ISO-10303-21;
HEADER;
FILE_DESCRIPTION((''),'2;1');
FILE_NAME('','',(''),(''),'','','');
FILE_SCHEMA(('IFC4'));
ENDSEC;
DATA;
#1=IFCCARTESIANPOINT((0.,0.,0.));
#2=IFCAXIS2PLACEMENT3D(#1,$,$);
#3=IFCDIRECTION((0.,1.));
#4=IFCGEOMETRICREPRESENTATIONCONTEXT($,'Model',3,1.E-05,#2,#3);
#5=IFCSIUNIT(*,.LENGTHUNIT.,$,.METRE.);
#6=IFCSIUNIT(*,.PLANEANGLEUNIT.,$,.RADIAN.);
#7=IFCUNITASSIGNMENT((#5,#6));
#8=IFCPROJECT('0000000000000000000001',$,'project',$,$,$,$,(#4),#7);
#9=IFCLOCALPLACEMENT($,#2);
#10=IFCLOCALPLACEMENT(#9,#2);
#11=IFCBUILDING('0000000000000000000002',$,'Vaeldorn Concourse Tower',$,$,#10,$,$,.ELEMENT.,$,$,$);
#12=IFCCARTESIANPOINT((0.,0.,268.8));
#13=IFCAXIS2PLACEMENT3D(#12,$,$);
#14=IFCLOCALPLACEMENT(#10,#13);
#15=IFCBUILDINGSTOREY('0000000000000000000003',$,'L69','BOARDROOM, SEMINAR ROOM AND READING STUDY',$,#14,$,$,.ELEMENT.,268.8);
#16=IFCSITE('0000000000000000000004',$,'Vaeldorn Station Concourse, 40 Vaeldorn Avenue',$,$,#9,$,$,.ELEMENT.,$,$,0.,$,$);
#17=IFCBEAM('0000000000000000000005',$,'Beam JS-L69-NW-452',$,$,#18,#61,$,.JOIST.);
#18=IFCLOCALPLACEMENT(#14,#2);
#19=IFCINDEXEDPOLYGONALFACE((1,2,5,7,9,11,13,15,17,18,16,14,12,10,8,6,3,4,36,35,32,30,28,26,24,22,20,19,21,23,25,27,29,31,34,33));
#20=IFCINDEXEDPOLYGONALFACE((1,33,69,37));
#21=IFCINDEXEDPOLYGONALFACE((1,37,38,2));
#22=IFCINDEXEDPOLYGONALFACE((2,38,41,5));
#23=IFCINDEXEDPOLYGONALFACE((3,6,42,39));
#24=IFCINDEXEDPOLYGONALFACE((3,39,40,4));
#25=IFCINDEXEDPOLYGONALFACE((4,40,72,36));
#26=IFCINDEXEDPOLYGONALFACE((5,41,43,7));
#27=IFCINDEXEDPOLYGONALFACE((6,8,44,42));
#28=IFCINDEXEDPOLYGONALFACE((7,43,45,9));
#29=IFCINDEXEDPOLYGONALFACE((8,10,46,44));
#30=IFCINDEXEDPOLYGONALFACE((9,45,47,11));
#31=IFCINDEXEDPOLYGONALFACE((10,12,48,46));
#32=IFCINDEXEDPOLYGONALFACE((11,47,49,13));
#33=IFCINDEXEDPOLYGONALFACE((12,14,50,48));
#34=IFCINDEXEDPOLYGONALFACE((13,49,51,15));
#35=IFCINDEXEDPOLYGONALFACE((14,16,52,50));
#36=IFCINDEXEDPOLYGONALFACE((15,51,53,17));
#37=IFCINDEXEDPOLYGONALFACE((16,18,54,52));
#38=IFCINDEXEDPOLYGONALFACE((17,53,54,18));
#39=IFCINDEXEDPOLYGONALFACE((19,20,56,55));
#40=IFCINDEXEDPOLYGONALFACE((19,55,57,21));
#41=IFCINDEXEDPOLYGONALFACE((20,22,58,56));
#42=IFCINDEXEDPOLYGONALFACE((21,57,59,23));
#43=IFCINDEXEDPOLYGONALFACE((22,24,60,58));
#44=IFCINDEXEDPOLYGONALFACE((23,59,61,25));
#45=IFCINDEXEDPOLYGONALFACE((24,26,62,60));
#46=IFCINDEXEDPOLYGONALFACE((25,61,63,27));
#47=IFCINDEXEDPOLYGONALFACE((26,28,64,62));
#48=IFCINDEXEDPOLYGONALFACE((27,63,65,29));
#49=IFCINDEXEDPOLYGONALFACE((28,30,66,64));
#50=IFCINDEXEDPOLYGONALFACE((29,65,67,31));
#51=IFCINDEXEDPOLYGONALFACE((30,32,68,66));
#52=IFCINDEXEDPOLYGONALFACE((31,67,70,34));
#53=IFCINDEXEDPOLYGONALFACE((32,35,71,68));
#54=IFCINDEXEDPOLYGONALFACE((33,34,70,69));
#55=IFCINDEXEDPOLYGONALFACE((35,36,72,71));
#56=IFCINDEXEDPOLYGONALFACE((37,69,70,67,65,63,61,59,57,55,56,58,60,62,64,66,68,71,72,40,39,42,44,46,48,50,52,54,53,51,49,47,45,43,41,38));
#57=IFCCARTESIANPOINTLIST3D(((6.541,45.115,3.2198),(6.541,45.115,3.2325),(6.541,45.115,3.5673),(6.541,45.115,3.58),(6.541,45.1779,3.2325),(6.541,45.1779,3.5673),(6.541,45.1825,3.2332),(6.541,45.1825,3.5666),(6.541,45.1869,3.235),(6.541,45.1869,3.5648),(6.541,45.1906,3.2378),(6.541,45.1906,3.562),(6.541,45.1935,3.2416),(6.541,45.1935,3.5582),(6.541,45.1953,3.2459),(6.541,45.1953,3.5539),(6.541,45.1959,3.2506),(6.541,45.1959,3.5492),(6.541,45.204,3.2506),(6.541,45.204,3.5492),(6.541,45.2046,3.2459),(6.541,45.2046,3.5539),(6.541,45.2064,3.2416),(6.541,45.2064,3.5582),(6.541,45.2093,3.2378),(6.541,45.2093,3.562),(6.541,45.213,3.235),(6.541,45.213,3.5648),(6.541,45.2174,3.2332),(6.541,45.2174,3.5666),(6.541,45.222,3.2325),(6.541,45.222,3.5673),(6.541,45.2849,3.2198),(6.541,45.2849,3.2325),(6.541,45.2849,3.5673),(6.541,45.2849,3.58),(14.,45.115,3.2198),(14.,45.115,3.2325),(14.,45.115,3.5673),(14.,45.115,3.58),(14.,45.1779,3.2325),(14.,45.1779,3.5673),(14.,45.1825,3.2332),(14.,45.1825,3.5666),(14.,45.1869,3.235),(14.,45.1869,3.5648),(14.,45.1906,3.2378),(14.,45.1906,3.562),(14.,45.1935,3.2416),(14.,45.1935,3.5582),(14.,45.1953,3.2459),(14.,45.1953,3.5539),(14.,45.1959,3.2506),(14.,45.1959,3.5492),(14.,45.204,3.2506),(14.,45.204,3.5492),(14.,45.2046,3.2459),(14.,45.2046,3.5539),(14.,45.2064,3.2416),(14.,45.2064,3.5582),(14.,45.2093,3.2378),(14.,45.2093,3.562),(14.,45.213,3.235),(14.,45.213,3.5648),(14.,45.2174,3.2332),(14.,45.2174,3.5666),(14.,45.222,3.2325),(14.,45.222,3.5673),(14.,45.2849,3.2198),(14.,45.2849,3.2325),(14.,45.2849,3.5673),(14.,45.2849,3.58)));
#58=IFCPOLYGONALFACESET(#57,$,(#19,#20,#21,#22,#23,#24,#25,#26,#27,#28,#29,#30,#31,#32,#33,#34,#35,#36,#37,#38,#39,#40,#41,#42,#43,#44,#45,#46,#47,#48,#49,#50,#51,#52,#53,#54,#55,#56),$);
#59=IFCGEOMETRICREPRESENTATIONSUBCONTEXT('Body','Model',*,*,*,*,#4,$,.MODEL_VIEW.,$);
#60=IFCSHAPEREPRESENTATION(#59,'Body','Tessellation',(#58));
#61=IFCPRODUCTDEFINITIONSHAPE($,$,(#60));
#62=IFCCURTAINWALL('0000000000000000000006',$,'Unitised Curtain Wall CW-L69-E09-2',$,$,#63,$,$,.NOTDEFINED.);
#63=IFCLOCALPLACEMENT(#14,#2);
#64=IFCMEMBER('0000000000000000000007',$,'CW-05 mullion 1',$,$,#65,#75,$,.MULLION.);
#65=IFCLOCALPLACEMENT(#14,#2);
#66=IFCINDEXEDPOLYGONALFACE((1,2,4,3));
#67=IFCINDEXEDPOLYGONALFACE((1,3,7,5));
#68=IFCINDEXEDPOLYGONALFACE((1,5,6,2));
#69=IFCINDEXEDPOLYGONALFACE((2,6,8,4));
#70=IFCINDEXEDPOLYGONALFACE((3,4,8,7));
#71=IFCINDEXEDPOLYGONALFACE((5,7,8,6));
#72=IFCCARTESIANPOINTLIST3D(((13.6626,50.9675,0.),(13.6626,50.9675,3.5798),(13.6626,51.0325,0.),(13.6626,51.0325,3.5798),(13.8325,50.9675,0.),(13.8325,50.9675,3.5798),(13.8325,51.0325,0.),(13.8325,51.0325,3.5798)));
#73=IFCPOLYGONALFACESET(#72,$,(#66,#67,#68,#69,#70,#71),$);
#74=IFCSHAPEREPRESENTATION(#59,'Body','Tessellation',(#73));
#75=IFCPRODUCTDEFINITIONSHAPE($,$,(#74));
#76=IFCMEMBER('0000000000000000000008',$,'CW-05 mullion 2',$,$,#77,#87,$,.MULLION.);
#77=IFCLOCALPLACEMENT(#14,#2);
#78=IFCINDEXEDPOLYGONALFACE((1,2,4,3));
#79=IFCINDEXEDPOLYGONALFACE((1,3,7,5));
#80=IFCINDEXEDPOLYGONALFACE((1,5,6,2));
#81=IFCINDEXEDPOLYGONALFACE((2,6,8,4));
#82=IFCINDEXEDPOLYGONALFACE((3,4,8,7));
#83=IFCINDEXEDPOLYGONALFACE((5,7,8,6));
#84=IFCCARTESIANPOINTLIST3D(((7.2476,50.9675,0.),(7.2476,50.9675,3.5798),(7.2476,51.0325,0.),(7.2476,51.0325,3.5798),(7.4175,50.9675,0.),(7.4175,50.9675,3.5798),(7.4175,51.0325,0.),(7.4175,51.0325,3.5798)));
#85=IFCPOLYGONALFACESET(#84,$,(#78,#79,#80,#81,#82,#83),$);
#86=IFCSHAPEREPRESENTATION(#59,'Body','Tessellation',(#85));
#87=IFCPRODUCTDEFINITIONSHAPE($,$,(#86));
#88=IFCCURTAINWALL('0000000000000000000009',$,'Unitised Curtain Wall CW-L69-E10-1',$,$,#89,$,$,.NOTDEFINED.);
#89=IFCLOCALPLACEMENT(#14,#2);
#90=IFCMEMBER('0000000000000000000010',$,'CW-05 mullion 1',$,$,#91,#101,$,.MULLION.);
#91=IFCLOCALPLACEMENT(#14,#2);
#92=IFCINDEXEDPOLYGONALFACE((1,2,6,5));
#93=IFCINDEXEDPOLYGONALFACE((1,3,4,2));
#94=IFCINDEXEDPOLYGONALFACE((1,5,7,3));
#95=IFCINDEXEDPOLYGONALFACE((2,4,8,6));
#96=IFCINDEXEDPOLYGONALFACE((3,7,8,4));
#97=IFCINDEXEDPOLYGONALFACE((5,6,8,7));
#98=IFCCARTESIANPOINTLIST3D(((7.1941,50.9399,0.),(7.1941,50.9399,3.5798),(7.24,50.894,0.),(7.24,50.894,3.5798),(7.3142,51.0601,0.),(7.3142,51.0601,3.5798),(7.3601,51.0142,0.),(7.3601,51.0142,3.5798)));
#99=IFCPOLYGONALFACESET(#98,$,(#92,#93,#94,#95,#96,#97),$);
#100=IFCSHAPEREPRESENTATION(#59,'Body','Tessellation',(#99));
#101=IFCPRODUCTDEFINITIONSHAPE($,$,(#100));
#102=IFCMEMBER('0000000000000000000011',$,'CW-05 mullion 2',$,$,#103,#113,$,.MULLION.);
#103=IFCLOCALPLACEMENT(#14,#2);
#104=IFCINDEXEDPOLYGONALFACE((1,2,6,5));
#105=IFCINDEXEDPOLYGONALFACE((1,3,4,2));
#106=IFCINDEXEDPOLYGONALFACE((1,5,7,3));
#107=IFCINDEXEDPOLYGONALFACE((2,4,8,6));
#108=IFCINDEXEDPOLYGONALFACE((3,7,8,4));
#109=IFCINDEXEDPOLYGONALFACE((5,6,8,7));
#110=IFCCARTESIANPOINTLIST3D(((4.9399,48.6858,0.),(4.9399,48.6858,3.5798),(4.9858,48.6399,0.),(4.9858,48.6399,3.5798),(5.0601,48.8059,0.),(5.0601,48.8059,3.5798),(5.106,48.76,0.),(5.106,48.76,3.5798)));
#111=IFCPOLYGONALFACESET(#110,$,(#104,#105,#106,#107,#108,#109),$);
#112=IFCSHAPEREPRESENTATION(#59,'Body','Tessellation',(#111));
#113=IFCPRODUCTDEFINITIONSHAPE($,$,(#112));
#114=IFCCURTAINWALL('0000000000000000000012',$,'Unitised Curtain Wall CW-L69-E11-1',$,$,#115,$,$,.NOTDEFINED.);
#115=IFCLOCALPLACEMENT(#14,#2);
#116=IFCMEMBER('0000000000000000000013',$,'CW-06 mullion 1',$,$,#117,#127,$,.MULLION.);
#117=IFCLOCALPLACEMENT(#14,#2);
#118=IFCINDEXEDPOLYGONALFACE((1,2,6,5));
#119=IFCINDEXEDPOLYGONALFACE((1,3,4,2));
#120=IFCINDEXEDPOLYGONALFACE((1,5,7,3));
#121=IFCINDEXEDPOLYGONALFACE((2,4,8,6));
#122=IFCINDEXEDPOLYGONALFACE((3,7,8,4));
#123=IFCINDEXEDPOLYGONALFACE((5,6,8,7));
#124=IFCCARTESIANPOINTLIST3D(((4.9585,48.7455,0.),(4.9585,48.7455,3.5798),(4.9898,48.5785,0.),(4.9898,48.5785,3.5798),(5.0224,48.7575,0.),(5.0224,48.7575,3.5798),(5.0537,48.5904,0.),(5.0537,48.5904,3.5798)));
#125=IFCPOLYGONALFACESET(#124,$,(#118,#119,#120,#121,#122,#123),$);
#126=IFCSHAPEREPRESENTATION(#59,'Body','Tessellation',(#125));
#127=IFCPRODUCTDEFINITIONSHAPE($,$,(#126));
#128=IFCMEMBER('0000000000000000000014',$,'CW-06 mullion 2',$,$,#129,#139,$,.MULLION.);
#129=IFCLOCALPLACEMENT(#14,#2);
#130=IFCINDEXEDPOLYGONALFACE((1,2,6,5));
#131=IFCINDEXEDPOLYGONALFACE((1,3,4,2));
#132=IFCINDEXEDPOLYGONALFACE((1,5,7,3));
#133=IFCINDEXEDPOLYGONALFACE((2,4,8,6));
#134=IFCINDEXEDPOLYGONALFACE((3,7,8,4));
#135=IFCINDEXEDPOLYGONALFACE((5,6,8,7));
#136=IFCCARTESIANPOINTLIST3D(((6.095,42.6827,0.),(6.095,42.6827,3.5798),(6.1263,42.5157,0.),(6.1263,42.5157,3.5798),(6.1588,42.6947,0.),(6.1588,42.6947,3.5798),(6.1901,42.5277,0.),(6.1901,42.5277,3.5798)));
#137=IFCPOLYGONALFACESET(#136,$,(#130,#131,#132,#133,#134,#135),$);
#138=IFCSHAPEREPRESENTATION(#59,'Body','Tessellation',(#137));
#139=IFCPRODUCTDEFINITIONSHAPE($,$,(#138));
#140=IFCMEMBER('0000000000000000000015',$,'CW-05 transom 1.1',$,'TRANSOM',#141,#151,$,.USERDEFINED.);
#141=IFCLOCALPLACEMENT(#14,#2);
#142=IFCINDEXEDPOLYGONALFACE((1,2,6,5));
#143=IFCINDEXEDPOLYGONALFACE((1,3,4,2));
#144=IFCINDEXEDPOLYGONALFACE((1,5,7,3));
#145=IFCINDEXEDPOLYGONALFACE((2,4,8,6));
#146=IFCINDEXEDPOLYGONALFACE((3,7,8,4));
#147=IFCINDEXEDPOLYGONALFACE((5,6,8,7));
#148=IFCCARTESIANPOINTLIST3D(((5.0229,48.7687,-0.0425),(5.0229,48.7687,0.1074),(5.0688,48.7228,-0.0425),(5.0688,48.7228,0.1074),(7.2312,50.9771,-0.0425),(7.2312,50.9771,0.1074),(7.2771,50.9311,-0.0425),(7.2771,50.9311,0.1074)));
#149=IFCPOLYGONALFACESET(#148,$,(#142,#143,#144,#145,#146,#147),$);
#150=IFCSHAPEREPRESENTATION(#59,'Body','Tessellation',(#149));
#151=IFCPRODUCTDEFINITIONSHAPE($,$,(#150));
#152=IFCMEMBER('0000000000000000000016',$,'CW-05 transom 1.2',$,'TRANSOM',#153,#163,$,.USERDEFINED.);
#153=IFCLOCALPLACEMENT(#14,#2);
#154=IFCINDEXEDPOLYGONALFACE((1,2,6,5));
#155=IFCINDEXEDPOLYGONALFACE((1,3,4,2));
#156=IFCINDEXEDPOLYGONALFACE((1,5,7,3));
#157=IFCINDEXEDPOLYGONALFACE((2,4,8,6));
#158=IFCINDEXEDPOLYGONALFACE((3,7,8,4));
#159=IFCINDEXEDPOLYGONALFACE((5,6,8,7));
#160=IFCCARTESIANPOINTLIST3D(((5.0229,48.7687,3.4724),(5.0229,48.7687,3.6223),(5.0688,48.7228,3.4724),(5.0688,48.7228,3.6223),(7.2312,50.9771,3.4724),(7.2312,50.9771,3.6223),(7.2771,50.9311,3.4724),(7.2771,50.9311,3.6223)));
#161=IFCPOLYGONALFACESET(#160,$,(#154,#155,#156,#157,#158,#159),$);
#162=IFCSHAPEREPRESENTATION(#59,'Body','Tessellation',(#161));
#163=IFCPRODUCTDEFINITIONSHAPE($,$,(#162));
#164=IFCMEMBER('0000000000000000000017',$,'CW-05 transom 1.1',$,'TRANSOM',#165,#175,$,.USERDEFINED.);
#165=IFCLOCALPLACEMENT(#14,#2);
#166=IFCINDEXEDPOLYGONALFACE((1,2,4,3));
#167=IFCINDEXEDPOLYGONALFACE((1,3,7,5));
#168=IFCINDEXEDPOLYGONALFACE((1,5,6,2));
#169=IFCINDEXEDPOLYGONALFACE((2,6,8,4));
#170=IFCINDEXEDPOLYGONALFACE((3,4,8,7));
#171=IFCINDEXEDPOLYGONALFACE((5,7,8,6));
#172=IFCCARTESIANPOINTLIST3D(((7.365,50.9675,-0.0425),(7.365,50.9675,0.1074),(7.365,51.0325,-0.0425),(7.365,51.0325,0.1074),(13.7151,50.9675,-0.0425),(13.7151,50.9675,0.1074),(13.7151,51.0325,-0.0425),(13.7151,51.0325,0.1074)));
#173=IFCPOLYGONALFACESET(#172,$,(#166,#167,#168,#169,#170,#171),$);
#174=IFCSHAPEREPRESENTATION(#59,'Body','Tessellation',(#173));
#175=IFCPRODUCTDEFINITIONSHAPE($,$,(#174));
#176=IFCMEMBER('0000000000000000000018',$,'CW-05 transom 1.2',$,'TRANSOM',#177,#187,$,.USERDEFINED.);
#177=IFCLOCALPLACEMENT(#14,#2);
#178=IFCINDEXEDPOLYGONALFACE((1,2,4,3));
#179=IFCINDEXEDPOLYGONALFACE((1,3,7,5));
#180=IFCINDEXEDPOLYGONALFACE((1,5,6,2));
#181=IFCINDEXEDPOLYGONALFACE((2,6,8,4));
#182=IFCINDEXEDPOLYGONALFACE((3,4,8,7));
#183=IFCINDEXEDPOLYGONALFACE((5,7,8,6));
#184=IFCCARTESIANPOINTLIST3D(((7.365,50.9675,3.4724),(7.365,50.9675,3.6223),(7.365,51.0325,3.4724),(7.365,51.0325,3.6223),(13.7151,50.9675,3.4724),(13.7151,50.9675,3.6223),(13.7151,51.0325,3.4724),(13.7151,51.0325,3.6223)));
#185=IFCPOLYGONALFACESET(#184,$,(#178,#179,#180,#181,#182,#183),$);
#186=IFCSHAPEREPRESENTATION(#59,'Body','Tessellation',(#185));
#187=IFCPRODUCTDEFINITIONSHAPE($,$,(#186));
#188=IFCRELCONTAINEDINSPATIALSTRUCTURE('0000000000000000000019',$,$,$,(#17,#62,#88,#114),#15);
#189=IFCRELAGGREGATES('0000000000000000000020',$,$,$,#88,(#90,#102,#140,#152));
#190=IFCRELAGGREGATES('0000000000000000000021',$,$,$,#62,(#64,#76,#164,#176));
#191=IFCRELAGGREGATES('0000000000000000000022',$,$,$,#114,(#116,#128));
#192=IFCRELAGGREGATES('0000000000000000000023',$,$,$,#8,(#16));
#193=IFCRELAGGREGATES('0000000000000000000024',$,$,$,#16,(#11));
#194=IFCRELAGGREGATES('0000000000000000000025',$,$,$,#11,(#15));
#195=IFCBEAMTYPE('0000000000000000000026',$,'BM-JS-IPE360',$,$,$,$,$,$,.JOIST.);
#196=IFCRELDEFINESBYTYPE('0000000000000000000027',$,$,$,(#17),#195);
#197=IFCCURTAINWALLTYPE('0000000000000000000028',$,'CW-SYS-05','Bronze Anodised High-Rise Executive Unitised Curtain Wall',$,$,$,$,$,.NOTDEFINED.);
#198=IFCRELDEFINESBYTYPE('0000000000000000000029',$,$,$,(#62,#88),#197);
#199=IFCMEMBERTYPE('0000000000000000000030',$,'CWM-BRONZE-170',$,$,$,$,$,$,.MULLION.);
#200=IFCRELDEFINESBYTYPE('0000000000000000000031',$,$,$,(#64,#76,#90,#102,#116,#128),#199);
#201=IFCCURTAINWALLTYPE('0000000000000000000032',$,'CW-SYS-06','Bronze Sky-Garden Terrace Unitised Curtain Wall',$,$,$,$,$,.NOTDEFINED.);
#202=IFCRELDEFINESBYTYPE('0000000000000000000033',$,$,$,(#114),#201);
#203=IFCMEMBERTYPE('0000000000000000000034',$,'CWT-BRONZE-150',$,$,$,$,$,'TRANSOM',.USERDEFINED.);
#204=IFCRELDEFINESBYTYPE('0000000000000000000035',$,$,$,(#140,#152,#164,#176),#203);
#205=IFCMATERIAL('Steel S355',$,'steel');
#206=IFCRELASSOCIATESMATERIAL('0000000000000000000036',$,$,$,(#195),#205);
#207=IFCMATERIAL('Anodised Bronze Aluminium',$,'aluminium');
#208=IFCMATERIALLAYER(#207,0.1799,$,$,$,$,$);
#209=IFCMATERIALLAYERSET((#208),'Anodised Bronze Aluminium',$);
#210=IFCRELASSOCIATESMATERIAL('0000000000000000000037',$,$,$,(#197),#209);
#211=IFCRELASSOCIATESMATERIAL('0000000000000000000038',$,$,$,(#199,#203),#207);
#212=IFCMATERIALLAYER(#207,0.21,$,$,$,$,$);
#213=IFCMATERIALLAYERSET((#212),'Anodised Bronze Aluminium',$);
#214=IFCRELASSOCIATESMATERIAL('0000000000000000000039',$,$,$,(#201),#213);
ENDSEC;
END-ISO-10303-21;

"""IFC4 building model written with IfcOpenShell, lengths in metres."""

from ifc_helpers import new_model, si_unit, direction, frame, origin, origin_2d, place, context, subcontext, project, spatial, rectangle, i_section, extrude, source, transform, mapped, material, layer, layer_set, material_profile, profile_set, type_object, element, aggregate, save


model = new_model("IFC4")

# Units and contexts
model_context = context("Model", 3, precision=1e-05, world=origin(), true_north=direction((0.0, 1.0)))
body_context = subcontext(model_context, "Body", "Model", "MODEL_VIEW")
ifc_project = project(units=[si_unit("LENGTHUNIT", "METRE"), si_unit("PLANEANGLEUNIT", "RADIAN")], contexts=[model_context])

# Site, building, storey
site_placement = place(None, origin())
site = spatial("IfcSite", under=ifc_project, at=site_placement, Name="Vaeldorn Station Concourse, 40 Vaeldorn Avenue", CompositionType="ELEMENT", RefElevation=0.0)
building_placement = place(site_placement, origin())
building = spatial("IfcBuilding", under=site, at=building_placement, Name="Vaeldorn Concourse Tower", CompositionType="ELEMENT")
storey_placement = place(building_placement, frame((0.0, 0.0, 268.8)))
storey = spatial("IfcBuildingStorey", under=building, at=storey_placement, Name="L69", Description="BOARDROOM, SEMINAR ROOM AND READING STUDY", CompositionType="ELEMENT", Elevation=268.8)

# Shared definitions
ifc_material_1 = material(Name="Steel S355", Category="steel")

# Beam
ifc_material_profile_1 = material_profile(ifc_material_1, i_section(OverallWidth=0.1699, OverallDepth=0.3601, WebThickness=0.0081, FlangeThickness=0.0127, FilletRadius=0.0181, at=origin_2d()), Name="IPE 360")
ifc_profile_set_1 = profile_set([ifc_material_profile_1], Name="Steel S355")
beam_type_1 = type_object("IfcBeamType", Name="BM-JS-IPE360", PredefinedType="JOIST", material=ifc_profile_set_1)
shared_shape_1 = source(origin(), body_context, "Body", "SweptSolid", [
    extrude(i_section(OverallWidth=0.1699, OverallDepth=0.3601, WebThickness=0.0081, FlangeThickness=0.0127, FilletRadius=0.0181, at=origin_2d()), origin(), (0.0, 0.0, 1.0), 7.459),
])
beam_1_placement = place(storey_placement, frame((6.541, 45.2, 3.3999), z_axis=(1.0, 0.0, 0.0), x_axis=(0.0, 1.0, 0.0)))
element("IfcBeam", 1, at=beam_1_placement, inside=storey, type_object=beam_type_1, Name="Beam JS-L69-NW-452", PredefinedType="JOIST", context=body_context, shape_type="MappedRepresentation", body=[
    mapped(shared_shape_1, transform((0.0, 0.0, 0.0), scale=1.0)),
])

# Curtain walls, members
ifc_material_2 = material(Name="Anodised Bronze Aluminium", Category="aluminium")
ifc_layer_1 = layer(ifc_material_2, 0.1799)
ifc_layer_set_1 = layer_set([ifc_layer_1], Name="Anodised Bronze Aluminium")
curtain_wall_type_1 = type_object("IfcCurtainWallType", Name="CW-SYS-05", Description="Bronze Anodised High-Rise Executive Unitised Curtain Wall", PredefinedType="NOTDEFINED", material=ifc_layer_set_1)
curtain_wall_1_placement = place(storey_placement, origin())
curtain_wall_1 = element("IfcCurtainWall", 2, at=curtain_wall_1_placement, inside=storey, type_object=curtain_wall_type_1, Name="Unitised Curtain Wall CW-L69-E09-2", PredefinedType="NOTDEFINED")
ifc_material_profile_2 = material_profile(ifc_material_2, rectangle(XDim=0.0649, YDim=0.1699, at=origin_2d()), Name="CWM 65x170")
ifc_profile_set_2 = profile_set([ifc_material_profile_2], Name="Anodised Bronze Aluminium")
member_type_1 = type_object("IfcMemberType", Name="CWM-BRONZE-170", PredefinedType="MULLION", material=ifc_profile_set_2)
shared_shape_2 = source(origin(), body_context, "Body", "SweptSolid", [
    extrude(rectangle(XDim=0.0649, YDim=0.1699, at=origin_2d()), origin(), (0.0, 0.0, 1.0), 3.5798),
])
member_1_placement = place(storey_placement, frame((13.7476, 51.0, 0.0), z_axis=(0.0, 0.0, 1.0), x_axis=(0.0, -1.0, 0.0)))
member_1 = element("IfcMember", 3, at=member_1_placement, type_object=member_type_1, Name="CW-05 mullion 1", PredefinedType="MULLION", context=body_context, shape_type="MappedRepresentation", body=[
    mapped(shared_shape_2, transform((0.0, 0.0, 0.0), scale=1.0)),
])
member_2_placement = place(storey_placement, frame((7.3325, 51.0, 0.0), z_axis=(0.0, 0.0, 1.0), x_axis=(0.0, -1.0, 0.0)))
member_2 = element("IfcMember", 4, at=member_2_placement, type_object=member_type_1, Name="CW-05 mullion 2", PredefinedType="MULLION", context=body_context, shape_type="MappedRepresentation", body=[
    mapped(shared_shape_2, transform((0.0, 0.0, 0.0), scale=1.0)),
])
curtain_wall_2_placement = place(storey_placement, origin())
curtain_wall_2 = element("IfcCurtainWall", 5, at=curtain_wall_2_placement, inside=storey, type_object=curtain_wall_type_1, Name="Unitised Curtain Wall CW-L69-E10-1", PredefinedType="NOTDEFINED")
member_3_placement = place(storey_placement, frame((7.2771, 50.9771, 0.0), z_axis=(0.0, 0.0, 1.0), x_axis=(0.707107, -0.707107, 0.0)))
member_3 = element("IfcMember", 6, at=member_3_placement, type_object=member_type_1, Name="CW-05 mullion 1", PredefinedType="MULLION", context=body_context, shape_type="MappedRepresentation", body=[
    mapped(shared_shape_2, transform((0.0, 0.0, 0.0), scale=1.0)),
])
member_4_placement = place(storey_placement, frame((5.0229, 48.7229, 0.0), z_axis=(0.0, 0.0, 1.0), x_axis=(0.707107, -0.707107, 0.0)))
member_4 = element("IfcMember", 7, at=member_4_placement, type_object=member_type_1, Name="CW-05 mullion 2", PredefinedType="MULLION", context=body_context, shape_type="MappedRepresentation", body=[
    mapped(shared_shape_2, transform((0.0, 0.0, 0.0), scale=1.0)),
])
ifc_layer_2 = layer(ifc_material_2, 0.21)
ifc_layer_set_2 = layer_set([ifc_layer_2], Name="Anodised Bronze Aluminium")
curtain_wall_type_2 = type_object("IfcCurtainWallType", Name="CW-SYS-06", Description="Bronze Sky-Garden Terrace Unitised Curtain Wall", PredefinedType="NOTDEFINED", material=ifc_layer_set_2)
curtain_wall_3_placement = place(storey_placement, origin())
curtain_wall_3 = element("IfcCurtainWall", 8, at=curtain_wall_3_placement, inside=storey, type_object=curtain_wall_type_2, Name="Unitised Curtain Wall CW-L69-E11-1", PredefinedType="NOTDEFINED")
member_5_placement = place(storey_placement, frame((5.0061, 48.668, 0.0), z_axis=(0.0, 0.0, 1.0), x_axis=(0.98288, 0.184246, 0.0)))
member_5 = element("IfcMember", 9, at=member_5_placement, type_object=member_type_1, Name="CW-06 mullion 1", PredefinedType="MULLION", context=body_context, shape_type="MappedRepresentation", body=[
    mapped(shared_shape_2, transform((0.0, 0.0, 0.0), scale=1.0)),
])
member_6_placement = place(storey_placement, frame((6.1426, 42.6052, 0.0), z_axis=(0.0, 0.0, 1.0), x_axis=(0.98288, 0.184246, 0.0)))
member_6 = element("IfcMember", 10, at=member_6_placement, type_object=member_type_1, Name="CW-06 mullion 2", PredefinedType="MULLION", context=body_context, shape_type="MappedRepresentation", body=[
    mapped(shared_shape_2, transform((0.0, 0.0, 0.0), scale=1.0)),
])

# Members
ifc_material_profile_3 = material_profile(ifc_material_2, rectangle(XDim=0.0649, YDim=0.1499, at=origin_2d()), Name="CWT 65x150")
ifc_profile_set_3 = profile_set([ifc_material_profile_3], Name="Anodised Bronze Aluminium")
member_type_2 = type_object("IfcMemberType", Name="CWT-BRONZE-150", ElementType="TRANSOM", PredefinedType="USERDEFINED", material=ifc_profile_set_3)
shared_shape_3 = source(origin(), body_context, "Body", "SweptSolid", [
    extrude(rectangle(XDim=0.0649, YDim=0.1499, at=origin_2d()), origin(), (0.0, 0.0, 1.0), 3.123),
])
member_7_placement = place(storey_placement, frame((7.2542, 50.9541, 0.0325), z_axis=(-0.707107, -0.707107, 0.0), x_axis=(0.707107, -0.707107, 0.0)))
member_7 = element("IfcMember", 11, at=member_7_placement, type_object=member_type_2, Name="CW-05 transom 1.1", ObjectType="TRANSOM", PredefinedType="USERDEFINED", context=body_context, shape_type="MappedRepresentation", body=[
    mapped(shared_shape_3, transform((0.0, 0.0, 0.0), scale=1.0)),
])
member_8_placement = place(storey_placement, frame((7.2542, 50.9541, 3.5474), z_axis=(-0.707107, -0.707107, 0.0), x_axis=(0.707107, -0.707107, 0.0)))
member_8 = element("IfcMember", 12, at=member_8_placement, type_object=member_type_2, Name="CW-05 transom 1.2", ObjectType="TRANSOM", PredefinedType="USERDEFINED", context=body_context, shape_type="MappedRepresentation", body=[
    mapped(shared_shape_3, transform((0.0, 0.0, 0.0), scale=1.0)),
])
shared_shape_4 = source(origin(), body_context, "Body", "SweptSolid", [
    extrude(rectangle(XDim=0.0649, YDim=0.1499, at=origin_2d()), origin(), (0.0, 0.0, 1.0), 6.3501),
])
member_9_placement = place(storey_placement, frame((13.7151, 51.0, 0.0325), z_axis=(-1.0, 0.0, 0.0), x_axis=(0.0, -1.0, 0.0)))
member_9 = element("IfcMember", 13, at=member_9_placement, type_object=member_type_2, Name="CW-05 transom 1.1", ObjectType="TRANSOM", PredefinedType="USERDEFINED", context=body_context, shape_type="MappedRepresentation", body=[
    mapped(shared_shape_4, transform((0.0, 0.0, 0.0), scale=1.0)),
])
member_10_placement = place(storey_placement, frame((13.7151, 51.0, 3.5474), z_axis=(-1.0, 0.0, 0.0), x_axis=(0.0, -1.0, 0.0)))
member_10 = element("IfcMember", 14, at=member_10_placement, type_object=member_type_2, Name="CW-05 transom 1.2", ObjectType="TRANSOM", PredefinedType="USERDEFINED", context=body_context, shape_type="MappedRepresentation", body=[
    mapped(shared_shape_4, transform((0.0, 0.0, 0.0), scale=1.0)),
])

aggregate(curtain_wall_2, [member_3, member_4, member_7, member_8])
aggregate(curtain_wall_1, [member_1, member_2, member_9, member_10])
aggregate(curtain_wall_3, [member_5, member_6])

save(model, "model.ifc")
